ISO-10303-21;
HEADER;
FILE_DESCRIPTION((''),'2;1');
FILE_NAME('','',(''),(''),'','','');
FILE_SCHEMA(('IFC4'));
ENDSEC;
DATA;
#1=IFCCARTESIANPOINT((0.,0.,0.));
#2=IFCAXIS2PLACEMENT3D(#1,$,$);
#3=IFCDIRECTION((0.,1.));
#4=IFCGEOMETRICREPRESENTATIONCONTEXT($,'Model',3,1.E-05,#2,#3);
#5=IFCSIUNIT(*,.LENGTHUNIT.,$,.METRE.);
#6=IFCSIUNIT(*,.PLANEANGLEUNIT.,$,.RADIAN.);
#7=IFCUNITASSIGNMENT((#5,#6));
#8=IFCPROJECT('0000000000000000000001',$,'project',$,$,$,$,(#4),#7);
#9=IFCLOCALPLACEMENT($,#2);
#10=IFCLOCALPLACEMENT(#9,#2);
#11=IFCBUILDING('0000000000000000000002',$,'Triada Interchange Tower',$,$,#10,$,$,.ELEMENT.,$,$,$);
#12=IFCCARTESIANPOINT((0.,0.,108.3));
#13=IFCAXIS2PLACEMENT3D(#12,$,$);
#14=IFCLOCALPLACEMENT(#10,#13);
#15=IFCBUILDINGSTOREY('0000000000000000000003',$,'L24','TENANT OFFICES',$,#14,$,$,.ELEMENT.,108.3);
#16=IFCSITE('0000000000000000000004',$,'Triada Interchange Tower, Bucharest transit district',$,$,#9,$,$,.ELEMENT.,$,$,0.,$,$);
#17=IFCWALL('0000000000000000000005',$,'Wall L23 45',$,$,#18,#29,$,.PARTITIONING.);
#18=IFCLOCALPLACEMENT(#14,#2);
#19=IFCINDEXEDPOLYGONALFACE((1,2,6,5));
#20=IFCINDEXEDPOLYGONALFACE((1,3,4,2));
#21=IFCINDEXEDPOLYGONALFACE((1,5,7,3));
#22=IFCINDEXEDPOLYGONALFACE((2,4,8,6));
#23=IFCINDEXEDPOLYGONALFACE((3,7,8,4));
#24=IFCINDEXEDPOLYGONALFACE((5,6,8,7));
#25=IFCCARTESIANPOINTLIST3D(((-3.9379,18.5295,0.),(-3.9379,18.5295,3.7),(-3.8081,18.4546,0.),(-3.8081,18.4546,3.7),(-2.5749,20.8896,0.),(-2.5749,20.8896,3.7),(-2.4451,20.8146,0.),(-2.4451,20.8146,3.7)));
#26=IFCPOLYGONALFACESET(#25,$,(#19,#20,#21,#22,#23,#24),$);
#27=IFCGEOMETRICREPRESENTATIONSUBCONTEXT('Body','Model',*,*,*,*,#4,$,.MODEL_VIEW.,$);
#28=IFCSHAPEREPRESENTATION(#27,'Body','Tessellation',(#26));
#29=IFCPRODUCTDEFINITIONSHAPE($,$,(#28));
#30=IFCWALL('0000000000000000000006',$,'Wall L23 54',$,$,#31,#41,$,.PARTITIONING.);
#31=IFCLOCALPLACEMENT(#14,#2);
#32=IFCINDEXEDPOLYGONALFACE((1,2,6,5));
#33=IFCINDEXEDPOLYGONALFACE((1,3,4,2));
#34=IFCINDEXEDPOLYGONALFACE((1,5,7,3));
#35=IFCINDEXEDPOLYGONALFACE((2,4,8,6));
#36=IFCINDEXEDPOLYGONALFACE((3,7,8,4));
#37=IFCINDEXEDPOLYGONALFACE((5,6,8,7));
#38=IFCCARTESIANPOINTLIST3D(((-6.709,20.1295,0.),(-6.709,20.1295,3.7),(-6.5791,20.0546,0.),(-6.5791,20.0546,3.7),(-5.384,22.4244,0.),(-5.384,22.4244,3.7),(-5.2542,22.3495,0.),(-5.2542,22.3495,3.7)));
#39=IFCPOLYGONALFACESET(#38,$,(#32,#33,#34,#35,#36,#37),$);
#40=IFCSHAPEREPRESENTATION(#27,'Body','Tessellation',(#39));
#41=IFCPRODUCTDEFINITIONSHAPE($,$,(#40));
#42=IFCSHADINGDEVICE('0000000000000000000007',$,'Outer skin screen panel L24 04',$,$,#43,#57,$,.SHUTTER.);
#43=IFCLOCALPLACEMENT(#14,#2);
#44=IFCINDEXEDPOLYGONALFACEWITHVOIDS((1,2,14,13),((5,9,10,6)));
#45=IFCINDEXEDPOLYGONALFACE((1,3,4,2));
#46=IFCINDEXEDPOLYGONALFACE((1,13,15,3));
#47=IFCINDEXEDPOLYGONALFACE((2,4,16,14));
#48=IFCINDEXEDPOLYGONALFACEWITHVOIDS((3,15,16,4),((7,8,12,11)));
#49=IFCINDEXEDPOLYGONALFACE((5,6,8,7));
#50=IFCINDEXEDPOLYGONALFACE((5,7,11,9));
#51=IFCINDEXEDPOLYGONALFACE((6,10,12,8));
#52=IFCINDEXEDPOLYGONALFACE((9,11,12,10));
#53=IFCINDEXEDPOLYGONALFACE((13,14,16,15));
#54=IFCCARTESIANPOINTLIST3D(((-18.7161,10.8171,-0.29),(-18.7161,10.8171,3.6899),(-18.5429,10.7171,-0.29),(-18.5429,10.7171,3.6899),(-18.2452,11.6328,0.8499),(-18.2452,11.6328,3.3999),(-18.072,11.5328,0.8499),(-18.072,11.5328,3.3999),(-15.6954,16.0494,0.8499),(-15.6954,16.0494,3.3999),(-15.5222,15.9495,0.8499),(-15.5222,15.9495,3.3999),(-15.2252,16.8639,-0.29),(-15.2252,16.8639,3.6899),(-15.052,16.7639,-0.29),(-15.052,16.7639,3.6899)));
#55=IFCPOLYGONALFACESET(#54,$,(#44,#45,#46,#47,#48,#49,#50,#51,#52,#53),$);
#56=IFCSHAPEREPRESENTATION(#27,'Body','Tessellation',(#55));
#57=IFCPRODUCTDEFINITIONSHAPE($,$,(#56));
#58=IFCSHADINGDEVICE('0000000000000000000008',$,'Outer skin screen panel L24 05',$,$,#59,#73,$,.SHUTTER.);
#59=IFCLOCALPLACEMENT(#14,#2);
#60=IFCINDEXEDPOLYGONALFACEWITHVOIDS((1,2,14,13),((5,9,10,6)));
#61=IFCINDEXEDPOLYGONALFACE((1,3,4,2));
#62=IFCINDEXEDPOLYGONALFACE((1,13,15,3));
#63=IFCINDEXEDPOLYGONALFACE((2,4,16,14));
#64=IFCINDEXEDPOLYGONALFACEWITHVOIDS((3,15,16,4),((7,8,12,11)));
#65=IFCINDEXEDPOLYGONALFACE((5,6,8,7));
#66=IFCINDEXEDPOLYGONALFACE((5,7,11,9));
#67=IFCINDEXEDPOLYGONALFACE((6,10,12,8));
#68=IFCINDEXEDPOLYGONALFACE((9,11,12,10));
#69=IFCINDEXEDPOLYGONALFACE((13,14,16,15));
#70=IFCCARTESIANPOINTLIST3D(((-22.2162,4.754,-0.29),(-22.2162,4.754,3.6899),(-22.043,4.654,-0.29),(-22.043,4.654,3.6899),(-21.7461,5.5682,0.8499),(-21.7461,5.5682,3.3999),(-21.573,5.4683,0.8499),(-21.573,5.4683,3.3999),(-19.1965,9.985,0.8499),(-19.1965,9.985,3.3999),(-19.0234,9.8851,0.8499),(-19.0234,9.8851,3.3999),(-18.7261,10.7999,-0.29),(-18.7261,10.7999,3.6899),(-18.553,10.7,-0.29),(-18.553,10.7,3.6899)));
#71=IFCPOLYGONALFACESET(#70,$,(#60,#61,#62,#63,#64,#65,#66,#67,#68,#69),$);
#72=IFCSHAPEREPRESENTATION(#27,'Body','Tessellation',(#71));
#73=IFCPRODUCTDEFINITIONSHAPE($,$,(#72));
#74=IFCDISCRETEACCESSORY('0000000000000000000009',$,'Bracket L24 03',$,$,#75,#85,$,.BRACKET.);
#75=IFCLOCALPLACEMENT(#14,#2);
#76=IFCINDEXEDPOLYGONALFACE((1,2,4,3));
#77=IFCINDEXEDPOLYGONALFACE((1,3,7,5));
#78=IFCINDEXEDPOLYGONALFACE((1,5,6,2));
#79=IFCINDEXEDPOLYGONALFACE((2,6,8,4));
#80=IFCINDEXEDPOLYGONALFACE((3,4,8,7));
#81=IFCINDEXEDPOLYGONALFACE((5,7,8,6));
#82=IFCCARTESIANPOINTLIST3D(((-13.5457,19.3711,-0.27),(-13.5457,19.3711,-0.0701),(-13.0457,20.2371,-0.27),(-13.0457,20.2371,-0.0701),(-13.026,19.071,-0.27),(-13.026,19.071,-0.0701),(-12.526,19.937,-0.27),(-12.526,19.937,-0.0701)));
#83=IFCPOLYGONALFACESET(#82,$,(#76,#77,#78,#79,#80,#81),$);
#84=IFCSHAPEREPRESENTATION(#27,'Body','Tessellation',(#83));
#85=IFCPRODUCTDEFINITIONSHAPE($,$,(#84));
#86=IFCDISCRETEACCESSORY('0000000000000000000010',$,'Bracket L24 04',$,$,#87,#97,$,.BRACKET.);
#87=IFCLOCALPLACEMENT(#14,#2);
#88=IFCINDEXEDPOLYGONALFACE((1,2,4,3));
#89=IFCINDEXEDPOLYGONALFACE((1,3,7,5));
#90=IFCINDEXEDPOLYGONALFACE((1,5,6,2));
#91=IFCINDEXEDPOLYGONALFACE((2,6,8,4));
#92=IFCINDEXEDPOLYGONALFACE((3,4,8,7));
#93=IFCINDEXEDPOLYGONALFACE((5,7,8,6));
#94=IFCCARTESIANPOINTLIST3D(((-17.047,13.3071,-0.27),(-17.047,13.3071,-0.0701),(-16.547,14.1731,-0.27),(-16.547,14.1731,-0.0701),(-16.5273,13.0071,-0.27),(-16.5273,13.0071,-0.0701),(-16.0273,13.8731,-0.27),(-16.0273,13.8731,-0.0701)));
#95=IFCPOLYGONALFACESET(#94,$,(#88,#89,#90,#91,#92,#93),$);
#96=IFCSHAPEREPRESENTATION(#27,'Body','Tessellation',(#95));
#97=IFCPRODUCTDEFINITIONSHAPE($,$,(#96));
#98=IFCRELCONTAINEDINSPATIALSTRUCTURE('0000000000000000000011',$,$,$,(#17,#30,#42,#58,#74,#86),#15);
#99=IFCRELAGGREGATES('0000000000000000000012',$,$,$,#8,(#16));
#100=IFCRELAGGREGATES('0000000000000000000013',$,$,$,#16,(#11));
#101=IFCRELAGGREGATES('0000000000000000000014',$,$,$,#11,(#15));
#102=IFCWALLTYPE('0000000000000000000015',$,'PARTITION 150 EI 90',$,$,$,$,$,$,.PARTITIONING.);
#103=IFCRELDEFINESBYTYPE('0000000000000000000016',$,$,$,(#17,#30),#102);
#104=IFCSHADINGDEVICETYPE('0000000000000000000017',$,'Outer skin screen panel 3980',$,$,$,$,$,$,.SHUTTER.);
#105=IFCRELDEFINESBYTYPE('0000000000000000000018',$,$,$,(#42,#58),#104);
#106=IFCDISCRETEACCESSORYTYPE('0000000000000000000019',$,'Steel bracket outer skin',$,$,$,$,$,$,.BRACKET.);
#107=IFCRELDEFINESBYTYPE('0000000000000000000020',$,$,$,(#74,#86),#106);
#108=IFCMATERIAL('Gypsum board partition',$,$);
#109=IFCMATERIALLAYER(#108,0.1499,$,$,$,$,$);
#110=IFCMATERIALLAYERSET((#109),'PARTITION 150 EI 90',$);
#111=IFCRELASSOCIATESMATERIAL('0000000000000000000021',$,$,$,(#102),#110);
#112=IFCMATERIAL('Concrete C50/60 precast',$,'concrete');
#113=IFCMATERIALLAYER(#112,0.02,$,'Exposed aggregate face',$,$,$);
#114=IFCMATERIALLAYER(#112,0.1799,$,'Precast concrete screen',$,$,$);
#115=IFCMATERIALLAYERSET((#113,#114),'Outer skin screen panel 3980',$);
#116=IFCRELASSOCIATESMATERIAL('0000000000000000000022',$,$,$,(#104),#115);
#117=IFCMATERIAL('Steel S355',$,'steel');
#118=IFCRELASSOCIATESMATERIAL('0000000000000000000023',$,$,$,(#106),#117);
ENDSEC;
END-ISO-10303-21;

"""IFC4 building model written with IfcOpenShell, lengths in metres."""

from ifc_helpers import new_model, si_unit, direction, frame, frame_2d, origin, origin_2d, place, context, subcontext, project, spatial, polyline, rectangle, outline, extrude, material, layer, layer_set, type_object, element, save


model = new_model("IFC4")

# Units and contexts
model_context = context("Model", 3, precision=1e-05, world=origin(), true_north=direction((0.0, 1.0)))
body_context = subcontext(model_context, "Body", "Model", "MODEL_VIEW")
ifc_project = project(units=[si_unit("LENGTHUNIT", "METRE"), si_unit("PLANEANGLEUNIT", "RADIAN")], contexts=[model_context])

# Site, building, storey
site_placement = place(None, origin())
site = spatial("IfcSite", under=ifc_project, at=site_placement, Name="Triada Interchange Tower, Bucharest transit district", CompositionType="ELEMENT", RefElevation=0.0)
building_placement = place(site_placement, origin())
building = spatial("IfcBuilding", under=site, at=building_placement, Name="Triada Interchange Tower", CompositionType="ELEMENT")
storey_placement = place(building_placement, frame((0.0, 0.0, 108.3)))
storey = spatial("IfcBuildingStorey", under=building, at=storey_placement, Name="L24", Description="TENANT OFFICES", CompositionType="ELEMENT", Elevation=108.3)

# Shared definitions
ifc_material_1 = material(Name="Gypsum board partition")

# Walls
ifc_layer_1 = layer(ifc_material_1, 0.1499)
ifc_layer_set_1 = layer_set([ifc_layer_1], Name="PARTITION 150 EI 90")
wall_type_1 = type_object("IfcWallType", Name="PARTITION 150 EI 90", PredefinedType="PARTITIONING", material=ifc_layer_set_1)
wall_1_placement = place(storey_placement, frame((-3.873, 18.4919, 0.0), z_axis=(0.0, 0.0, 1.0), x_axis=(0.500118, 0.865957, 0.0)))
element("IfcWall", 1, at=wall_1_placement, inside=storey, type_object=wall_type_1, Name="Wall L23 45", PredefinedType="PARTITIONING", context=body_context, shape_type="SweptSolid", body=[
    extrude(rectangle(XDim=2.7253, YDim=0.1499, at=frame_2d((1.3628, 0.0))), origin(), (0.0, 0.0, 1.0), 3.7),
])
wall_2_placement = place(storey_placement, frame((-6.644, 20.092, 0.0), z_axis=(0.0, 0.0, 1.0), x_axis=(0.499994, 0.866029, 0.0)))
element("IfcWall", 2, at=wall_2_placement, inside=storey, type_object=wall_type_1, Name="Wall L23 54", PredefinedType="PARTITIONING", context=body_context, shape_type="SweptSolid", body=[
    extrude(rectangle(XDim=2.6499, YDim=0.1499, at=frame_2d((1.325, 0.0))), origin(), (0.0, 0.0, 1.0), 3.7),
])

# Shading devices
ifc_material_2 = material(Name="Concrete C50/60 precast", Category="concrete")
ifc_layer_2 = layer(ifc_material_2, 0.02, Name="Exposed aggregate face")
ifc_layer_3 = layer(ifc_material_2, 0.1799, Name="Precast concrete screen")
ifc_layer_set_2 = layer_set([ifc_layer_2, ifc_layer_3], Name="Outer skin screen panel 3980")
shading_device_type = type_object("IfcShadingDeviceType", Name="Outer skin screen panel 3980", PredefinedType="SHUTTER", material=ifc_layer_set_2)
shading_device_1_placement = place(storey_placement, frame((-15.052, 16.7639, -0.29), z_axis=(0.0, 0.0, 1.0), x_axis=(-0.499979, -0.866038, 0.0)))
element("IfcShadingDevice", 3, at=shading_device_1_placement, inside=storey, type_object=shading_device_type, Name="Outer skin screen panel L24 04", PredefinedType="SHUTTER", context=body_context, shape_type="SweptSolid", body=[
    extrude(outline(polyline([(0.0, 0.0), (6.9822, 0.0), (6.9822, 3.98), (0.0, 3.98), (0.0, 0.0)]), holes=[polyline([(0.9404, 1.1399), (0.9404, 3.6899), (6.0403, 3.6899), (6.0403, 1.1399), (0.9404, 1.1399)])]), frame((0.0, 0.0, 0.0), z_axis=(0.0, -1.0, 0.0), x_axis=(1.0, 0.0, 0.0)), (0.0, 0.0, 1.0), 0.2),
])
shading_device_2_placement = place(storey_placement, frame((-18.553, 10.7, -0.29), z_axis=(0.0, 0.0, 1.0), x_axis=(-0.499934, -0.866063, 0.0)))
element("IfcShadingDevice", 4, at=shading_device_2_placement, inside=storey, type_object=shading_device_type, Name="Outer skin screen panel L24 05", PredefinedType="SHUTTER", context=body_context, shape_type="SweptSolid", body=[
    extrude(outline(polyline([(0.0, 0.0), (6.981, 0.0), (6.981, 3.98), (0.0, 3.98), (0.0, 0.0)]), holes=[polyline([(0.9409, 1.1399), (0.9409, 3.6899), (6.0408, 3.6899), (6.0408, 1.1399), (0.9409, 1.1399)])]), frame((0.0, 0.0, 0.0), z_axis=(0.0, -1.0, 0.0), x_axis=(1.0, 0.0, 0.0)), (0.0, 0.0, 1.0), 0.2),
])

# Discrete accessories
ifc_material_3 = material(Name="Steel S355", Category="steel")
discrete_accessory_type = type_object("IfcDiscreteAccessoryType", Name="Steel bracket outer skin", PredefinedType="BRACKET", material=ifc_material_3)
for number, where, z_axis, x_axis, name in (
    (5, (-13.0359, 19.6541, -0.27), (0.0, 0.0, 1.0), (-0.866022, 0.500006, 0.0), "Bracket L24 03"),
    (6, (-16.5371, 13.5901, -0.27), (0.0, 0.0, 1.0), (-0.866022, 0.500006, 0.0), "Bracket L24 04"),
):
    element("IfcDiscreteAccessory", number, at=place(storey_placement, frame(where, z_axis=z_axis, x_axis=x_axis)), inside=storey, type_object=discrete_accessory_type, Name=name, PredefinedType="BRACKET", context=body_context, shape_type="SweptSolid", body=[
        extrude(rectangle(XDim=0.6001, YDim=1.0, at=origin_2d()), origin(), (0.0, 0.0, 1.0), 0.2),
    ])

save(model, "model.ifc")
